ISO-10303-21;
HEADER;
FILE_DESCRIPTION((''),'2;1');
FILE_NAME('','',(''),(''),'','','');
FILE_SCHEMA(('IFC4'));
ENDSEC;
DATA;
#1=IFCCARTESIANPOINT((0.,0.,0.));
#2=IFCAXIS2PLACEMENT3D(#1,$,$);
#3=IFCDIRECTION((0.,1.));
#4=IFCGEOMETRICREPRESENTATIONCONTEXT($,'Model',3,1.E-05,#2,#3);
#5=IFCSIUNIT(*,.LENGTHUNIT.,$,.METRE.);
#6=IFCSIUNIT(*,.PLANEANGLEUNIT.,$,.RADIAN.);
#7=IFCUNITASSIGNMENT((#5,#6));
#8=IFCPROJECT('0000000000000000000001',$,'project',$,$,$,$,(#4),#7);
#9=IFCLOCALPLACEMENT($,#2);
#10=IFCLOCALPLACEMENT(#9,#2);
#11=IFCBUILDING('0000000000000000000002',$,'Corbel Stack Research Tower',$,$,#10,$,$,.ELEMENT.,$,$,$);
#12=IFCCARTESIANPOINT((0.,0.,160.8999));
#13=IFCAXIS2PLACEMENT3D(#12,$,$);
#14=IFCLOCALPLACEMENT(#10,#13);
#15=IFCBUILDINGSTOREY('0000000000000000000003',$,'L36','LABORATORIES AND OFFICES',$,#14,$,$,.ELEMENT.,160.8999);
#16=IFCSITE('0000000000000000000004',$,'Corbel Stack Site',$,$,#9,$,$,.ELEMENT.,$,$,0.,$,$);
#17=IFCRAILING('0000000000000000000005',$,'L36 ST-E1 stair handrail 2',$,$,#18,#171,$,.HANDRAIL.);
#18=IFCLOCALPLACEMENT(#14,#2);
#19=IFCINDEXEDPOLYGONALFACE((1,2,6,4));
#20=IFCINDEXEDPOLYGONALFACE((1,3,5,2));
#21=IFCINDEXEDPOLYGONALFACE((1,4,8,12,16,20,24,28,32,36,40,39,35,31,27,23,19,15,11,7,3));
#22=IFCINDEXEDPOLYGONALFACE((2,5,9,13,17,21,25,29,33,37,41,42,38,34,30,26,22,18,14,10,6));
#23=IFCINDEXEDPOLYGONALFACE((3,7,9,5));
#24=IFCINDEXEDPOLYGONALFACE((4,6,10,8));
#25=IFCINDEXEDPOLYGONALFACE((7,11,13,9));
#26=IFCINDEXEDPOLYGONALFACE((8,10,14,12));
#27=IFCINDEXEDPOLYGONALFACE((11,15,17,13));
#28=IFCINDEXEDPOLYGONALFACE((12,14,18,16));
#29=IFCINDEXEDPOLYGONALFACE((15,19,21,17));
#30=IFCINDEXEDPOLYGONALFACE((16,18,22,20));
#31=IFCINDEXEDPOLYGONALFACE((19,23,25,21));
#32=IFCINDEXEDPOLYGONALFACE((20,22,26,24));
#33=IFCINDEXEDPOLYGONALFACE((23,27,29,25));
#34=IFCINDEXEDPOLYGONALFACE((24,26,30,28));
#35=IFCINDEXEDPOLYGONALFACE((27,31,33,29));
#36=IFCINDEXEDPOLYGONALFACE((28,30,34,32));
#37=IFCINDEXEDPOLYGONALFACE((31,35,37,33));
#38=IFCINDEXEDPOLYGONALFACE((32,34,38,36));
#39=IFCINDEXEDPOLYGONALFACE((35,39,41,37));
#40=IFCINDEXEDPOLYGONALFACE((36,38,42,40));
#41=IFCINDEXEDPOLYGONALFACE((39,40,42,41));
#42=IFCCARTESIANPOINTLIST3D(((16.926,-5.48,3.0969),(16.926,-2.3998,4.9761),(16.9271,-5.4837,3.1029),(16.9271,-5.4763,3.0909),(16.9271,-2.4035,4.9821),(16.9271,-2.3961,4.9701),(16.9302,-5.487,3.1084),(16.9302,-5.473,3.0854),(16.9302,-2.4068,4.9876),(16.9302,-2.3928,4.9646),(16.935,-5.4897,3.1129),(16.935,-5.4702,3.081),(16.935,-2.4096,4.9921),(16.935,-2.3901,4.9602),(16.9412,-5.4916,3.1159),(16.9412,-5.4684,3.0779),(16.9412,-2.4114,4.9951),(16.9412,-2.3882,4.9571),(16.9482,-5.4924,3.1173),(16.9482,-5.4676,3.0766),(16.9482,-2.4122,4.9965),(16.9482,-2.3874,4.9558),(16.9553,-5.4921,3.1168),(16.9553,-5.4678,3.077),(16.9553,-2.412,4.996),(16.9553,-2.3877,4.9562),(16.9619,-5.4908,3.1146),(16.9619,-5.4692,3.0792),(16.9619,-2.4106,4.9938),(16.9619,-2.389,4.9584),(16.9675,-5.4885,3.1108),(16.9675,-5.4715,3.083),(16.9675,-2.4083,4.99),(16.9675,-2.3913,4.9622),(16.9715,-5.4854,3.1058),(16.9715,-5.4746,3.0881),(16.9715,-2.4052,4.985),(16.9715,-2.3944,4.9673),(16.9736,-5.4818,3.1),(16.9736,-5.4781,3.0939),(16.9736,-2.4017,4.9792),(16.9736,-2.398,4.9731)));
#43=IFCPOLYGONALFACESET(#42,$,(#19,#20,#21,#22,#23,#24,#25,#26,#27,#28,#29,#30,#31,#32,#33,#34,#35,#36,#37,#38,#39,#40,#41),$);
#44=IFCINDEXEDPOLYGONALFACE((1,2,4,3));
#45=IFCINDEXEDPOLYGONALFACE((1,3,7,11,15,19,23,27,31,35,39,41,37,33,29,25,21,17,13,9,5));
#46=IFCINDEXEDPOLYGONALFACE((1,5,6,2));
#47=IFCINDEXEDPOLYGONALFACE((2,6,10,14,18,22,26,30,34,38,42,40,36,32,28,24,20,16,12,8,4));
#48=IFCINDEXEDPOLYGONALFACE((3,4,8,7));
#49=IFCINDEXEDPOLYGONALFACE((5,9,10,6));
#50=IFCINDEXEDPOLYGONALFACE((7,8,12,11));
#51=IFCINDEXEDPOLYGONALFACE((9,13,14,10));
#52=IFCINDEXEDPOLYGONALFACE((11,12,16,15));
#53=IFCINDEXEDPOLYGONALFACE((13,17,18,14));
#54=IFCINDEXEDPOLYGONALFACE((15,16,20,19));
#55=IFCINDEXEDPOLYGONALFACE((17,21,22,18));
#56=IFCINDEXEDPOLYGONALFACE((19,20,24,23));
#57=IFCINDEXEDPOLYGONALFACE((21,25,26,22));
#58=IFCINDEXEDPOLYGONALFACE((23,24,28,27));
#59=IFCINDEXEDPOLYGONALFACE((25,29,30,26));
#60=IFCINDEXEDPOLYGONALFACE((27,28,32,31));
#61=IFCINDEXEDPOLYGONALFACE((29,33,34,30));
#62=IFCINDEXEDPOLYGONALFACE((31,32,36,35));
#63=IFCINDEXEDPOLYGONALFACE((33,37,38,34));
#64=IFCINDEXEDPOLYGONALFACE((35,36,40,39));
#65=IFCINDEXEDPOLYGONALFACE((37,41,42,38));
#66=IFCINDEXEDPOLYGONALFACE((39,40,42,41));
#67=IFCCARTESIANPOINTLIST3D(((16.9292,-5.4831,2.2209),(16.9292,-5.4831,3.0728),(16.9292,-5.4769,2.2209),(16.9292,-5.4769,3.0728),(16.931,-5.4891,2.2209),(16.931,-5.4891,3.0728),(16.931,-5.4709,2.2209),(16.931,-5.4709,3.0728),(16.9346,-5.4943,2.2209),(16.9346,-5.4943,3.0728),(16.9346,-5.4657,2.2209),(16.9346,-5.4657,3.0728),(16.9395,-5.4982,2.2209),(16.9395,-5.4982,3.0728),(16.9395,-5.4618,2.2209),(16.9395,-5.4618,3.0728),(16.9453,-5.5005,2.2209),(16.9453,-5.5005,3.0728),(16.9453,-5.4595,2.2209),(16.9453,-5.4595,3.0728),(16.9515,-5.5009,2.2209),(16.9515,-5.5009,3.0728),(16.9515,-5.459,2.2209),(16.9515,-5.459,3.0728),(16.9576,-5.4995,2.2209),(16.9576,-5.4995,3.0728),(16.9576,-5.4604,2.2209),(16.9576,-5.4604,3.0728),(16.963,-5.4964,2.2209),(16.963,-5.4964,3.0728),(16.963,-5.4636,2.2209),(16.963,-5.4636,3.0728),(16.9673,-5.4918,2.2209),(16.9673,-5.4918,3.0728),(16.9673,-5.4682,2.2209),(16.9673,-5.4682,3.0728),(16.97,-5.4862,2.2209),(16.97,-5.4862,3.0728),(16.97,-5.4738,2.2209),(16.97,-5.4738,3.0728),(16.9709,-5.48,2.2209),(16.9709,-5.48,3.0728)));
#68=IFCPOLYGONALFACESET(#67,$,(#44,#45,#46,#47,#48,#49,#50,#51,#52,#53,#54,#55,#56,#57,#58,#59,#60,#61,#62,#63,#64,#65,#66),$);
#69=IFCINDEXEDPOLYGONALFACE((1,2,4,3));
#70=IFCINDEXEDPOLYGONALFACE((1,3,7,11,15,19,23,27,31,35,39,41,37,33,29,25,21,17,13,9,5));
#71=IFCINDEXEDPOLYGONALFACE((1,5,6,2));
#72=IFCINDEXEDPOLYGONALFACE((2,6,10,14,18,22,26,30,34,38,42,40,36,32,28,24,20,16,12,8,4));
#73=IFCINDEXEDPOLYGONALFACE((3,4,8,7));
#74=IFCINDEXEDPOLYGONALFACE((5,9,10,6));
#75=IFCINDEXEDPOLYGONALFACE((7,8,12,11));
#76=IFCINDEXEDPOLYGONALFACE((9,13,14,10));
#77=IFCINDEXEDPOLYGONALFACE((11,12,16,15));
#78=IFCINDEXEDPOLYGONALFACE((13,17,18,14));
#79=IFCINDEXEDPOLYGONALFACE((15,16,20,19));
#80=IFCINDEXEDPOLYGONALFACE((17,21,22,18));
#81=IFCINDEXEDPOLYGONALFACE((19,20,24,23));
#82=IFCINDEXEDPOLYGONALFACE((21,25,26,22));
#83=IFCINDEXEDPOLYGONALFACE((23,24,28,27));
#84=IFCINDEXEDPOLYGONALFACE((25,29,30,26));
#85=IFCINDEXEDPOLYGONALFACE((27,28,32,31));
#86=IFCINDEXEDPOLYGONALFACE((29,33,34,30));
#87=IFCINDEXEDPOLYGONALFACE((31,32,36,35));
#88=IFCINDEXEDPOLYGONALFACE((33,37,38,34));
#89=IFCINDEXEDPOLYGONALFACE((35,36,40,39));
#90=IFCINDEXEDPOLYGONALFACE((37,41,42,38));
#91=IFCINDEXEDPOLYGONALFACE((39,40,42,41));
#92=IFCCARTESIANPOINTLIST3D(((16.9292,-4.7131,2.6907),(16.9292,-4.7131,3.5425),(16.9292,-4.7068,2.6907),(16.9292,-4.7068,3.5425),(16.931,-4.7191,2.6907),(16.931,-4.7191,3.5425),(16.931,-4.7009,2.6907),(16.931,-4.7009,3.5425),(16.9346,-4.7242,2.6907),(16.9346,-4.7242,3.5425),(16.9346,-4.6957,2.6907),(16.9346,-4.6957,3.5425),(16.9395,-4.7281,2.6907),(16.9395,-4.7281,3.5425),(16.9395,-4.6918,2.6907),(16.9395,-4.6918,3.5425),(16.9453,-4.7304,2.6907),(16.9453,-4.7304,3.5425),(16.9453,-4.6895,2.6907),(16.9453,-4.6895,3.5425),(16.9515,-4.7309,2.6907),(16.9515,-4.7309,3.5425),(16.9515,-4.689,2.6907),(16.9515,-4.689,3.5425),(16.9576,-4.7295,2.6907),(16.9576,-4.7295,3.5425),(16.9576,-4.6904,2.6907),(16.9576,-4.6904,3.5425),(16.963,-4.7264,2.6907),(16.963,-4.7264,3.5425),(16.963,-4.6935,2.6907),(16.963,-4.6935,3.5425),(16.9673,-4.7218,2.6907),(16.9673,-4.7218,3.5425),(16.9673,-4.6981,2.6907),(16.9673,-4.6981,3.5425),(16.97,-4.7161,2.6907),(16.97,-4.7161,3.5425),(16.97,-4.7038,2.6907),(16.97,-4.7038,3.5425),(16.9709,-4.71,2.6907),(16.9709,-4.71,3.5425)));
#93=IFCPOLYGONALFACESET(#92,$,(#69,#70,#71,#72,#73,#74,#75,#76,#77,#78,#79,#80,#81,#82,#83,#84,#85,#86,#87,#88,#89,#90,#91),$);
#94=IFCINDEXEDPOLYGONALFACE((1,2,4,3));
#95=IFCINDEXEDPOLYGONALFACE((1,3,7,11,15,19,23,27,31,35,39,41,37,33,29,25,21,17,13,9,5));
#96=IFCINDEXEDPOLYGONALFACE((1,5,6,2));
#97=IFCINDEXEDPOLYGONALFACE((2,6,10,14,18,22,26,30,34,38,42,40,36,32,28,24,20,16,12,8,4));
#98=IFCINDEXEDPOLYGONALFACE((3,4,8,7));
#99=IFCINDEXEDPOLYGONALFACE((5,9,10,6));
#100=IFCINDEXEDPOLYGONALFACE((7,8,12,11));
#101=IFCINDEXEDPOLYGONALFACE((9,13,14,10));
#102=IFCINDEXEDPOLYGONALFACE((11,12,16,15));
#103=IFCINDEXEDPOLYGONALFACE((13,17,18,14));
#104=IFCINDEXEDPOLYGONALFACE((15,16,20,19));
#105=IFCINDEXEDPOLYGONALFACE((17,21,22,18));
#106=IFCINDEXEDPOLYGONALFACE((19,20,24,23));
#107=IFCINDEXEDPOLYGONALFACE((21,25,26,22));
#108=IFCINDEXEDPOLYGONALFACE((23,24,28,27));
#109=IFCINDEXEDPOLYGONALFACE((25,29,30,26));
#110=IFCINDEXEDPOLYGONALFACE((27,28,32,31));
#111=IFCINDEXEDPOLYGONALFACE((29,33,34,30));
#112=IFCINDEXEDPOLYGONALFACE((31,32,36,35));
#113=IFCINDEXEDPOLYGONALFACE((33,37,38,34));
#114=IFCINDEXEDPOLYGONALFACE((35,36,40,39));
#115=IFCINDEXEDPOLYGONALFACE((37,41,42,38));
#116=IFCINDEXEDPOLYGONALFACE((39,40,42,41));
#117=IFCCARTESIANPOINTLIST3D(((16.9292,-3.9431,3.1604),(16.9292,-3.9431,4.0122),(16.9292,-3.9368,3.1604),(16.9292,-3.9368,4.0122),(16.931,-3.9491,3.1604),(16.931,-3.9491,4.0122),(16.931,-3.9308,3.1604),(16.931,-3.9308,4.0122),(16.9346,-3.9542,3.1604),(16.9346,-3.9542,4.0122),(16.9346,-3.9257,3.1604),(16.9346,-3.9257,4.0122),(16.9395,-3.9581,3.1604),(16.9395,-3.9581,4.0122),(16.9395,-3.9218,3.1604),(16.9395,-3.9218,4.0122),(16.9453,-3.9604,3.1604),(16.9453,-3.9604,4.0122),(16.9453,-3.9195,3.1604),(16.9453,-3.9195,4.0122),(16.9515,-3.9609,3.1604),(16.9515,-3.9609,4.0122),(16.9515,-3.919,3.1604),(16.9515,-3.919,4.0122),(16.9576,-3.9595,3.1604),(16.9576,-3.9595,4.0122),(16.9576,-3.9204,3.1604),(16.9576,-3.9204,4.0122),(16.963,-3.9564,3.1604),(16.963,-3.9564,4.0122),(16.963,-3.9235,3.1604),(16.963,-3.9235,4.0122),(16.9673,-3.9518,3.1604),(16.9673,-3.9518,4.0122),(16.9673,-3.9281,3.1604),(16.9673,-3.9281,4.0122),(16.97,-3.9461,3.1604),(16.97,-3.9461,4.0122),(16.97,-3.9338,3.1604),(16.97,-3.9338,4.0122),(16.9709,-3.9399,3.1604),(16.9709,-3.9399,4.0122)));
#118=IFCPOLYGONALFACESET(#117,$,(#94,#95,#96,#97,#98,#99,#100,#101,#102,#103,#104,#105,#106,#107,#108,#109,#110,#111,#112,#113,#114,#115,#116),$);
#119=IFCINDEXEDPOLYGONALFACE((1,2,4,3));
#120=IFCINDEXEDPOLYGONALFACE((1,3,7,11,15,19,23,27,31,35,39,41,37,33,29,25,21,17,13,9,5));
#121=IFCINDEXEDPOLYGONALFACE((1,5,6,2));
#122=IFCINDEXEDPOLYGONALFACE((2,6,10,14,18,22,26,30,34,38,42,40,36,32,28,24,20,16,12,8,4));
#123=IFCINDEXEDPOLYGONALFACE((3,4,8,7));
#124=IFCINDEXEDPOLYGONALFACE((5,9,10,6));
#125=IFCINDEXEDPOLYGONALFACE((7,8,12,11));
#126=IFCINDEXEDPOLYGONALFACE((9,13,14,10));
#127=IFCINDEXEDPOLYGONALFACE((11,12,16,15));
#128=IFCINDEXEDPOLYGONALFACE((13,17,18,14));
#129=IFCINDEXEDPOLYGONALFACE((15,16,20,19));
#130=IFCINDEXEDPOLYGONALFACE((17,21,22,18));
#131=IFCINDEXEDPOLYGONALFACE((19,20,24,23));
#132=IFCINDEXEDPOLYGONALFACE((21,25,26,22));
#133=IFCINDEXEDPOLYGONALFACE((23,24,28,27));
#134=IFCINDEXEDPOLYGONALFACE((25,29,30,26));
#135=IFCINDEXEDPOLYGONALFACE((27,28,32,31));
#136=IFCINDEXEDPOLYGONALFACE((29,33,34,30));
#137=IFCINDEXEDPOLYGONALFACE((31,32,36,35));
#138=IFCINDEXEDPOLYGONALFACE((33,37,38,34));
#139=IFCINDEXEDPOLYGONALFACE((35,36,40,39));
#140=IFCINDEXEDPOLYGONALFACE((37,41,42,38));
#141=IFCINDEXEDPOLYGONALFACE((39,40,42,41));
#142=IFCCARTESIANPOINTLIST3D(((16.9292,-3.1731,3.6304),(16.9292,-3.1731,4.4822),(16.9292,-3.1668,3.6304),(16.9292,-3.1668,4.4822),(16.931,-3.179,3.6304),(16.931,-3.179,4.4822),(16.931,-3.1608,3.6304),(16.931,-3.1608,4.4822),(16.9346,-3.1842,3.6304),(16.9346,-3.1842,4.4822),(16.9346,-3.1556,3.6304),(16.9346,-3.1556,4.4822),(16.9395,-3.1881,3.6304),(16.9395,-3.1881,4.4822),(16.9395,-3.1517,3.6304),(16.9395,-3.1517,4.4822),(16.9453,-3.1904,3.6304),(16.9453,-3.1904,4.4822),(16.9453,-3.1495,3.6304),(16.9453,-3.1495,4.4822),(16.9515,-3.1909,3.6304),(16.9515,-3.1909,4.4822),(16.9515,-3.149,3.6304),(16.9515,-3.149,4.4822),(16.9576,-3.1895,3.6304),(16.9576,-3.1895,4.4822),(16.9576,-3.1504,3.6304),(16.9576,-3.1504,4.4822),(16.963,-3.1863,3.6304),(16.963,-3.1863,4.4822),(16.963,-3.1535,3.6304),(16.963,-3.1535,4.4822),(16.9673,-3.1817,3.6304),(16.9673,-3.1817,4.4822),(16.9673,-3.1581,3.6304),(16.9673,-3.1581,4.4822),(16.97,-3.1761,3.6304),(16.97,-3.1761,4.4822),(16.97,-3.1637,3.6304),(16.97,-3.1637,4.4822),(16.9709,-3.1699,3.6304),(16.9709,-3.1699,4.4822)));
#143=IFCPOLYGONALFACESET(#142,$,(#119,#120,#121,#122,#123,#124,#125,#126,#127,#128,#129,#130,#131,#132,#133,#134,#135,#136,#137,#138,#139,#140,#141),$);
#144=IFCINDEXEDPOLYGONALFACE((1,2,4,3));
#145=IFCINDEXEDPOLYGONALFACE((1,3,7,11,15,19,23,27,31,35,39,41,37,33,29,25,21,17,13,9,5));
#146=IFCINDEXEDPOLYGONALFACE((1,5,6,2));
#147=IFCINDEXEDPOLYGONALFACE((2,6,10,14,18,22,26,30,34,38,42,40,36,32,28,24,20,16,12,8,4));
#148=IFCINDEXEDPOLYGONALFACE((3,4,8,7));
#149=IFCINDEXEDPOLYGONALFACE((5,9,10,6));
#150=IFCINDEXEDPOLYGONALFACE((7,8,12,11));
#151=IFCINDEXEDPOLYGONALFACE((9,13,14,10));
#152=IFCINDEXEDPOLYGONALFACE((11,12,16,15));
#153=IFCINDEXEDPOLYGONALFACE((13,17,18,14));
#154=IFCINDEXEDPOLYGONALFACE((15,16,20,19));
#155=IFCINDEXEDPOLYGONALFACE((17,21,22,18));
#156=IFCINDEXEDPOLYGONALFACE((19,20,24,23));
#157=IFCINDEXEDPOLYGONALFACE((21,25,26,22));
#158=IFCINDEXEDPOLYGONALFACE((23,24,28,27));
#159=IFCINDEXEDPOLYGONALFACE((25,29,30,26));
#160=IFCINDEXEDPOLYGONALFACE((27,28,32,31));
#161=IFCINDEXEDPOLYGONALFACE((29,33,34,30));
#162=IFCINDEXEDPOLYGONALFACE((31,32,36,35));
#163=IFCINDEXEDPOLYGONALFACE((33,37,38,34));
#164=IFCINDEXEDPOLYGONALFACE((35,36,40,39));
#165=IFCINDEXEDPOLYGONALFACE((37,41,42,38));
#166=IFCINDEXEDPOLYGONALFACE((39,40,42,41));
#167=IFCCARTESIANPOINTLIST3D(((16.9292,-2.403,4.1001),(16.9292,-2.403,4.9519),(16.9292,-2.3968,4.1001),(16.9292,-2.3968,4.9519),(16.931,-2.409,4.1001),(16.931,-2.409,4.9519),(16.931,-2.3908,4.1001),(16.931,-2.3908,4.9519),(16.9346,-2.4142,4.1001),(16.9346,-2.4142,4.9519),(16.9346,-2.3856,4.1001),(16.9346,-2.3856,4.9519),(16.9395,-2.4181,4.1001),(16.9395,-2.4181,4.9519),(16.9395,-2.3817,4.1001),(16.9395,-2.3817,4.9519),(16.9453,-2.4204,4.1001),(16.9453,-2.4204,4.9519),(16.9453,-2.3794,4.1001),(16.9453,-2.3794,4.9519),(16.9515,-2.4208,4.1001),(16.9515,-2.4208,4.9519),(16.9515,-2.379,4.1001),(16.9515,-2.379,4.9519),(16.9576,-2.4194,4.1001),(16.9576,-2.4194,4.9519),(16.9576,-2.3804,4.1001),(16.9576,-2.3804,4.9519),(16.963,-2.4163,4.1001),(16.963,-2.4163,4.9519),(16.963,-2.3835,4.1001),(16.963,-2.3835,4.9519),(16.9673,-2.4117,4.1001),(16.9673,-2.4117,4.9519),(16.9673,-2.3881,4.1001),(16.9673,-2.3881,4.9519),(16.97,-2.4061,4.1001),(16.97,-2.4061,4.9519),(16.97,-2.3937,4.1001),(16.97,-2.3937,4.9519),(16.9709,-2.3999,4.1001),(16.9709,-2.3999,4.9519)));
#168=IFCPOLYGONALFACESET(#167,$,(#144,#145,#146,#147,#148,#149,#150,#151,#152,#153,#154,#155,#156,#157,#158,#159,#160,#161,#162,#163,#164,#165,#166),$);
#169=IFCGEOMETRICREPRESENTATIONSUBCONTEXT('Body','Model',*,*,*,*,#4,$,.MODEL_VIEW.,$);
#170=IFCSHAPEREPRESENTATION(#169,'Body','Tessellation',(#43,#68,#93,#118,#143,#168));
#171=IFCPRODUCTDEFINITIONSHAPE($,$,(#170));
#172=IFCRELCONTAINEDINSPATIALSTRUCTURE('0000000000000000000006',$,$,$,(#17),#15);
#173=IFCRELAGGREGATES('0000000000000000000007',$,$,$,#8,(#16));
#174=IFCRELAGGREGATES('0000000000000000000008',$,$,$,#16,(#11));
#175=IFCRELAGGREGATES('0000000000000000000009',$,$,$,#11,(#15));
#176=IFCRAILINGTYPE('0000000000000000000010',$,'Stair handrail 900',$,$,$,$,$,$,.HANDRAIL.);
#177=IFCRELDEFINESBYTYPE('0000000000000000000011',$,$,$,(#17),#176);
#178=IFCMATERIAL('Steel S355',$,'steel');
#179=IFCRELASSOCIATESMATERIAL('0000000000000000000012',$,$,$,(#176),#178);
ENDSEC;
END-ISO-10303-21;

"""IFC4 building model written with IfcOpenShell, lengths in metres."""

from ifc_helpers import new_model, si_unit, direction, frame, origin, origin_2d, place, context, subcontext, project, spatial, circle, extrude, material, type_object, element, save


model = new_model("IFC4")

# Units and contexts
model_context = context("Model", 3, precision=1e-05, world=origin(), true_north=direction((0.0, 1.0)))
body_context = subcontext(model_context, "Body", "Model", "MODEL_VIEW")
ifc_project = project(units=[si_unit("LENGTHUNIT", "METRE"), si_unit("PLANEANGLEUNIT", "RADIAN")], contexts=[model_context])

# Site, building, storey
site_placement = place(None, origin())
site = spatial("IfcSite", under=ifc_project, at=site_placement, Name="Corbel Stack Site", CompositionType="ELEMENT", RefElevation=0.0)
building_placement = place(site_placement, origin())
building = spatial("IfcBuilding", under=site, at=building_placement, Name="Corbel Stack Research Tower", CompositionType="ELEMENT")
storey_placement = place(building_placement, frame((0.0, 0.0, 160.8999)))
storey = spatial("IfcBuildingStorey", under=building, at=storey_placement, Name="L36", Description="LABORATORIES AND OFFICES", CompositionType="ELEMENT", Elevation=160.8999)

# Railing
ifc_material_1 = material(Name="Steel S355", Category="steel")
railing_type_1 = type_object("IfcRailingType", Name="Stair handrail 900", PredefinedType="HANDRAIL", material=ifc_material_1)
railing_1_placement = place(storey_placement, frame((16.95, -5.48, 2.2209)))
element("IfcRailing", 1, at=railing_1_placement, inside=storey, type_object=railing_type_1, Name="L36 ST-E1 stair handrail 2", PredefinedType="HANDRAIL", context=body_context, shape_type="SweptSolid", body=[
    extrude(circle(Radius=0.0239, at=origin_2d()), frame((0.0, 0.0, 0.876), z_axis=(0.0, 0.853666, 0.52082), x_axis=(-1.0, 0.0, 0.0)), (0.0, 0.0, 1.0), 3.6082),
    extrude(circle(Radius=0.021, at=origin_2d()), origin(), (0.0, 0.0, 1.0), 0.8518),
    extrude(circle(Radius=0.021, at=origin_2d()), frame((0.0, 0.77, 0.4697)), (0.0, 0.0, 1.0), 0.8518),
    extrude(circle(Radius=0.021, at=origin_2d()), frame((0.0, 1.54, 0.9395)), (0.0, 0.0, 1.0), 0.8518),
    extrude(circle(Radius=0.021, at=origin_2d()), frame((0.0, 2.3101, 1.4094)), (0.0, 0.0, 1.0), 0.8518),
    extrude(circle(Radius=0.021, at=origin_2d()), frame((0.0, 3.0801, 1.8792)), (0.0, 0.0, 1.0), 0.8518),
])

save(model, "model.ifc")
